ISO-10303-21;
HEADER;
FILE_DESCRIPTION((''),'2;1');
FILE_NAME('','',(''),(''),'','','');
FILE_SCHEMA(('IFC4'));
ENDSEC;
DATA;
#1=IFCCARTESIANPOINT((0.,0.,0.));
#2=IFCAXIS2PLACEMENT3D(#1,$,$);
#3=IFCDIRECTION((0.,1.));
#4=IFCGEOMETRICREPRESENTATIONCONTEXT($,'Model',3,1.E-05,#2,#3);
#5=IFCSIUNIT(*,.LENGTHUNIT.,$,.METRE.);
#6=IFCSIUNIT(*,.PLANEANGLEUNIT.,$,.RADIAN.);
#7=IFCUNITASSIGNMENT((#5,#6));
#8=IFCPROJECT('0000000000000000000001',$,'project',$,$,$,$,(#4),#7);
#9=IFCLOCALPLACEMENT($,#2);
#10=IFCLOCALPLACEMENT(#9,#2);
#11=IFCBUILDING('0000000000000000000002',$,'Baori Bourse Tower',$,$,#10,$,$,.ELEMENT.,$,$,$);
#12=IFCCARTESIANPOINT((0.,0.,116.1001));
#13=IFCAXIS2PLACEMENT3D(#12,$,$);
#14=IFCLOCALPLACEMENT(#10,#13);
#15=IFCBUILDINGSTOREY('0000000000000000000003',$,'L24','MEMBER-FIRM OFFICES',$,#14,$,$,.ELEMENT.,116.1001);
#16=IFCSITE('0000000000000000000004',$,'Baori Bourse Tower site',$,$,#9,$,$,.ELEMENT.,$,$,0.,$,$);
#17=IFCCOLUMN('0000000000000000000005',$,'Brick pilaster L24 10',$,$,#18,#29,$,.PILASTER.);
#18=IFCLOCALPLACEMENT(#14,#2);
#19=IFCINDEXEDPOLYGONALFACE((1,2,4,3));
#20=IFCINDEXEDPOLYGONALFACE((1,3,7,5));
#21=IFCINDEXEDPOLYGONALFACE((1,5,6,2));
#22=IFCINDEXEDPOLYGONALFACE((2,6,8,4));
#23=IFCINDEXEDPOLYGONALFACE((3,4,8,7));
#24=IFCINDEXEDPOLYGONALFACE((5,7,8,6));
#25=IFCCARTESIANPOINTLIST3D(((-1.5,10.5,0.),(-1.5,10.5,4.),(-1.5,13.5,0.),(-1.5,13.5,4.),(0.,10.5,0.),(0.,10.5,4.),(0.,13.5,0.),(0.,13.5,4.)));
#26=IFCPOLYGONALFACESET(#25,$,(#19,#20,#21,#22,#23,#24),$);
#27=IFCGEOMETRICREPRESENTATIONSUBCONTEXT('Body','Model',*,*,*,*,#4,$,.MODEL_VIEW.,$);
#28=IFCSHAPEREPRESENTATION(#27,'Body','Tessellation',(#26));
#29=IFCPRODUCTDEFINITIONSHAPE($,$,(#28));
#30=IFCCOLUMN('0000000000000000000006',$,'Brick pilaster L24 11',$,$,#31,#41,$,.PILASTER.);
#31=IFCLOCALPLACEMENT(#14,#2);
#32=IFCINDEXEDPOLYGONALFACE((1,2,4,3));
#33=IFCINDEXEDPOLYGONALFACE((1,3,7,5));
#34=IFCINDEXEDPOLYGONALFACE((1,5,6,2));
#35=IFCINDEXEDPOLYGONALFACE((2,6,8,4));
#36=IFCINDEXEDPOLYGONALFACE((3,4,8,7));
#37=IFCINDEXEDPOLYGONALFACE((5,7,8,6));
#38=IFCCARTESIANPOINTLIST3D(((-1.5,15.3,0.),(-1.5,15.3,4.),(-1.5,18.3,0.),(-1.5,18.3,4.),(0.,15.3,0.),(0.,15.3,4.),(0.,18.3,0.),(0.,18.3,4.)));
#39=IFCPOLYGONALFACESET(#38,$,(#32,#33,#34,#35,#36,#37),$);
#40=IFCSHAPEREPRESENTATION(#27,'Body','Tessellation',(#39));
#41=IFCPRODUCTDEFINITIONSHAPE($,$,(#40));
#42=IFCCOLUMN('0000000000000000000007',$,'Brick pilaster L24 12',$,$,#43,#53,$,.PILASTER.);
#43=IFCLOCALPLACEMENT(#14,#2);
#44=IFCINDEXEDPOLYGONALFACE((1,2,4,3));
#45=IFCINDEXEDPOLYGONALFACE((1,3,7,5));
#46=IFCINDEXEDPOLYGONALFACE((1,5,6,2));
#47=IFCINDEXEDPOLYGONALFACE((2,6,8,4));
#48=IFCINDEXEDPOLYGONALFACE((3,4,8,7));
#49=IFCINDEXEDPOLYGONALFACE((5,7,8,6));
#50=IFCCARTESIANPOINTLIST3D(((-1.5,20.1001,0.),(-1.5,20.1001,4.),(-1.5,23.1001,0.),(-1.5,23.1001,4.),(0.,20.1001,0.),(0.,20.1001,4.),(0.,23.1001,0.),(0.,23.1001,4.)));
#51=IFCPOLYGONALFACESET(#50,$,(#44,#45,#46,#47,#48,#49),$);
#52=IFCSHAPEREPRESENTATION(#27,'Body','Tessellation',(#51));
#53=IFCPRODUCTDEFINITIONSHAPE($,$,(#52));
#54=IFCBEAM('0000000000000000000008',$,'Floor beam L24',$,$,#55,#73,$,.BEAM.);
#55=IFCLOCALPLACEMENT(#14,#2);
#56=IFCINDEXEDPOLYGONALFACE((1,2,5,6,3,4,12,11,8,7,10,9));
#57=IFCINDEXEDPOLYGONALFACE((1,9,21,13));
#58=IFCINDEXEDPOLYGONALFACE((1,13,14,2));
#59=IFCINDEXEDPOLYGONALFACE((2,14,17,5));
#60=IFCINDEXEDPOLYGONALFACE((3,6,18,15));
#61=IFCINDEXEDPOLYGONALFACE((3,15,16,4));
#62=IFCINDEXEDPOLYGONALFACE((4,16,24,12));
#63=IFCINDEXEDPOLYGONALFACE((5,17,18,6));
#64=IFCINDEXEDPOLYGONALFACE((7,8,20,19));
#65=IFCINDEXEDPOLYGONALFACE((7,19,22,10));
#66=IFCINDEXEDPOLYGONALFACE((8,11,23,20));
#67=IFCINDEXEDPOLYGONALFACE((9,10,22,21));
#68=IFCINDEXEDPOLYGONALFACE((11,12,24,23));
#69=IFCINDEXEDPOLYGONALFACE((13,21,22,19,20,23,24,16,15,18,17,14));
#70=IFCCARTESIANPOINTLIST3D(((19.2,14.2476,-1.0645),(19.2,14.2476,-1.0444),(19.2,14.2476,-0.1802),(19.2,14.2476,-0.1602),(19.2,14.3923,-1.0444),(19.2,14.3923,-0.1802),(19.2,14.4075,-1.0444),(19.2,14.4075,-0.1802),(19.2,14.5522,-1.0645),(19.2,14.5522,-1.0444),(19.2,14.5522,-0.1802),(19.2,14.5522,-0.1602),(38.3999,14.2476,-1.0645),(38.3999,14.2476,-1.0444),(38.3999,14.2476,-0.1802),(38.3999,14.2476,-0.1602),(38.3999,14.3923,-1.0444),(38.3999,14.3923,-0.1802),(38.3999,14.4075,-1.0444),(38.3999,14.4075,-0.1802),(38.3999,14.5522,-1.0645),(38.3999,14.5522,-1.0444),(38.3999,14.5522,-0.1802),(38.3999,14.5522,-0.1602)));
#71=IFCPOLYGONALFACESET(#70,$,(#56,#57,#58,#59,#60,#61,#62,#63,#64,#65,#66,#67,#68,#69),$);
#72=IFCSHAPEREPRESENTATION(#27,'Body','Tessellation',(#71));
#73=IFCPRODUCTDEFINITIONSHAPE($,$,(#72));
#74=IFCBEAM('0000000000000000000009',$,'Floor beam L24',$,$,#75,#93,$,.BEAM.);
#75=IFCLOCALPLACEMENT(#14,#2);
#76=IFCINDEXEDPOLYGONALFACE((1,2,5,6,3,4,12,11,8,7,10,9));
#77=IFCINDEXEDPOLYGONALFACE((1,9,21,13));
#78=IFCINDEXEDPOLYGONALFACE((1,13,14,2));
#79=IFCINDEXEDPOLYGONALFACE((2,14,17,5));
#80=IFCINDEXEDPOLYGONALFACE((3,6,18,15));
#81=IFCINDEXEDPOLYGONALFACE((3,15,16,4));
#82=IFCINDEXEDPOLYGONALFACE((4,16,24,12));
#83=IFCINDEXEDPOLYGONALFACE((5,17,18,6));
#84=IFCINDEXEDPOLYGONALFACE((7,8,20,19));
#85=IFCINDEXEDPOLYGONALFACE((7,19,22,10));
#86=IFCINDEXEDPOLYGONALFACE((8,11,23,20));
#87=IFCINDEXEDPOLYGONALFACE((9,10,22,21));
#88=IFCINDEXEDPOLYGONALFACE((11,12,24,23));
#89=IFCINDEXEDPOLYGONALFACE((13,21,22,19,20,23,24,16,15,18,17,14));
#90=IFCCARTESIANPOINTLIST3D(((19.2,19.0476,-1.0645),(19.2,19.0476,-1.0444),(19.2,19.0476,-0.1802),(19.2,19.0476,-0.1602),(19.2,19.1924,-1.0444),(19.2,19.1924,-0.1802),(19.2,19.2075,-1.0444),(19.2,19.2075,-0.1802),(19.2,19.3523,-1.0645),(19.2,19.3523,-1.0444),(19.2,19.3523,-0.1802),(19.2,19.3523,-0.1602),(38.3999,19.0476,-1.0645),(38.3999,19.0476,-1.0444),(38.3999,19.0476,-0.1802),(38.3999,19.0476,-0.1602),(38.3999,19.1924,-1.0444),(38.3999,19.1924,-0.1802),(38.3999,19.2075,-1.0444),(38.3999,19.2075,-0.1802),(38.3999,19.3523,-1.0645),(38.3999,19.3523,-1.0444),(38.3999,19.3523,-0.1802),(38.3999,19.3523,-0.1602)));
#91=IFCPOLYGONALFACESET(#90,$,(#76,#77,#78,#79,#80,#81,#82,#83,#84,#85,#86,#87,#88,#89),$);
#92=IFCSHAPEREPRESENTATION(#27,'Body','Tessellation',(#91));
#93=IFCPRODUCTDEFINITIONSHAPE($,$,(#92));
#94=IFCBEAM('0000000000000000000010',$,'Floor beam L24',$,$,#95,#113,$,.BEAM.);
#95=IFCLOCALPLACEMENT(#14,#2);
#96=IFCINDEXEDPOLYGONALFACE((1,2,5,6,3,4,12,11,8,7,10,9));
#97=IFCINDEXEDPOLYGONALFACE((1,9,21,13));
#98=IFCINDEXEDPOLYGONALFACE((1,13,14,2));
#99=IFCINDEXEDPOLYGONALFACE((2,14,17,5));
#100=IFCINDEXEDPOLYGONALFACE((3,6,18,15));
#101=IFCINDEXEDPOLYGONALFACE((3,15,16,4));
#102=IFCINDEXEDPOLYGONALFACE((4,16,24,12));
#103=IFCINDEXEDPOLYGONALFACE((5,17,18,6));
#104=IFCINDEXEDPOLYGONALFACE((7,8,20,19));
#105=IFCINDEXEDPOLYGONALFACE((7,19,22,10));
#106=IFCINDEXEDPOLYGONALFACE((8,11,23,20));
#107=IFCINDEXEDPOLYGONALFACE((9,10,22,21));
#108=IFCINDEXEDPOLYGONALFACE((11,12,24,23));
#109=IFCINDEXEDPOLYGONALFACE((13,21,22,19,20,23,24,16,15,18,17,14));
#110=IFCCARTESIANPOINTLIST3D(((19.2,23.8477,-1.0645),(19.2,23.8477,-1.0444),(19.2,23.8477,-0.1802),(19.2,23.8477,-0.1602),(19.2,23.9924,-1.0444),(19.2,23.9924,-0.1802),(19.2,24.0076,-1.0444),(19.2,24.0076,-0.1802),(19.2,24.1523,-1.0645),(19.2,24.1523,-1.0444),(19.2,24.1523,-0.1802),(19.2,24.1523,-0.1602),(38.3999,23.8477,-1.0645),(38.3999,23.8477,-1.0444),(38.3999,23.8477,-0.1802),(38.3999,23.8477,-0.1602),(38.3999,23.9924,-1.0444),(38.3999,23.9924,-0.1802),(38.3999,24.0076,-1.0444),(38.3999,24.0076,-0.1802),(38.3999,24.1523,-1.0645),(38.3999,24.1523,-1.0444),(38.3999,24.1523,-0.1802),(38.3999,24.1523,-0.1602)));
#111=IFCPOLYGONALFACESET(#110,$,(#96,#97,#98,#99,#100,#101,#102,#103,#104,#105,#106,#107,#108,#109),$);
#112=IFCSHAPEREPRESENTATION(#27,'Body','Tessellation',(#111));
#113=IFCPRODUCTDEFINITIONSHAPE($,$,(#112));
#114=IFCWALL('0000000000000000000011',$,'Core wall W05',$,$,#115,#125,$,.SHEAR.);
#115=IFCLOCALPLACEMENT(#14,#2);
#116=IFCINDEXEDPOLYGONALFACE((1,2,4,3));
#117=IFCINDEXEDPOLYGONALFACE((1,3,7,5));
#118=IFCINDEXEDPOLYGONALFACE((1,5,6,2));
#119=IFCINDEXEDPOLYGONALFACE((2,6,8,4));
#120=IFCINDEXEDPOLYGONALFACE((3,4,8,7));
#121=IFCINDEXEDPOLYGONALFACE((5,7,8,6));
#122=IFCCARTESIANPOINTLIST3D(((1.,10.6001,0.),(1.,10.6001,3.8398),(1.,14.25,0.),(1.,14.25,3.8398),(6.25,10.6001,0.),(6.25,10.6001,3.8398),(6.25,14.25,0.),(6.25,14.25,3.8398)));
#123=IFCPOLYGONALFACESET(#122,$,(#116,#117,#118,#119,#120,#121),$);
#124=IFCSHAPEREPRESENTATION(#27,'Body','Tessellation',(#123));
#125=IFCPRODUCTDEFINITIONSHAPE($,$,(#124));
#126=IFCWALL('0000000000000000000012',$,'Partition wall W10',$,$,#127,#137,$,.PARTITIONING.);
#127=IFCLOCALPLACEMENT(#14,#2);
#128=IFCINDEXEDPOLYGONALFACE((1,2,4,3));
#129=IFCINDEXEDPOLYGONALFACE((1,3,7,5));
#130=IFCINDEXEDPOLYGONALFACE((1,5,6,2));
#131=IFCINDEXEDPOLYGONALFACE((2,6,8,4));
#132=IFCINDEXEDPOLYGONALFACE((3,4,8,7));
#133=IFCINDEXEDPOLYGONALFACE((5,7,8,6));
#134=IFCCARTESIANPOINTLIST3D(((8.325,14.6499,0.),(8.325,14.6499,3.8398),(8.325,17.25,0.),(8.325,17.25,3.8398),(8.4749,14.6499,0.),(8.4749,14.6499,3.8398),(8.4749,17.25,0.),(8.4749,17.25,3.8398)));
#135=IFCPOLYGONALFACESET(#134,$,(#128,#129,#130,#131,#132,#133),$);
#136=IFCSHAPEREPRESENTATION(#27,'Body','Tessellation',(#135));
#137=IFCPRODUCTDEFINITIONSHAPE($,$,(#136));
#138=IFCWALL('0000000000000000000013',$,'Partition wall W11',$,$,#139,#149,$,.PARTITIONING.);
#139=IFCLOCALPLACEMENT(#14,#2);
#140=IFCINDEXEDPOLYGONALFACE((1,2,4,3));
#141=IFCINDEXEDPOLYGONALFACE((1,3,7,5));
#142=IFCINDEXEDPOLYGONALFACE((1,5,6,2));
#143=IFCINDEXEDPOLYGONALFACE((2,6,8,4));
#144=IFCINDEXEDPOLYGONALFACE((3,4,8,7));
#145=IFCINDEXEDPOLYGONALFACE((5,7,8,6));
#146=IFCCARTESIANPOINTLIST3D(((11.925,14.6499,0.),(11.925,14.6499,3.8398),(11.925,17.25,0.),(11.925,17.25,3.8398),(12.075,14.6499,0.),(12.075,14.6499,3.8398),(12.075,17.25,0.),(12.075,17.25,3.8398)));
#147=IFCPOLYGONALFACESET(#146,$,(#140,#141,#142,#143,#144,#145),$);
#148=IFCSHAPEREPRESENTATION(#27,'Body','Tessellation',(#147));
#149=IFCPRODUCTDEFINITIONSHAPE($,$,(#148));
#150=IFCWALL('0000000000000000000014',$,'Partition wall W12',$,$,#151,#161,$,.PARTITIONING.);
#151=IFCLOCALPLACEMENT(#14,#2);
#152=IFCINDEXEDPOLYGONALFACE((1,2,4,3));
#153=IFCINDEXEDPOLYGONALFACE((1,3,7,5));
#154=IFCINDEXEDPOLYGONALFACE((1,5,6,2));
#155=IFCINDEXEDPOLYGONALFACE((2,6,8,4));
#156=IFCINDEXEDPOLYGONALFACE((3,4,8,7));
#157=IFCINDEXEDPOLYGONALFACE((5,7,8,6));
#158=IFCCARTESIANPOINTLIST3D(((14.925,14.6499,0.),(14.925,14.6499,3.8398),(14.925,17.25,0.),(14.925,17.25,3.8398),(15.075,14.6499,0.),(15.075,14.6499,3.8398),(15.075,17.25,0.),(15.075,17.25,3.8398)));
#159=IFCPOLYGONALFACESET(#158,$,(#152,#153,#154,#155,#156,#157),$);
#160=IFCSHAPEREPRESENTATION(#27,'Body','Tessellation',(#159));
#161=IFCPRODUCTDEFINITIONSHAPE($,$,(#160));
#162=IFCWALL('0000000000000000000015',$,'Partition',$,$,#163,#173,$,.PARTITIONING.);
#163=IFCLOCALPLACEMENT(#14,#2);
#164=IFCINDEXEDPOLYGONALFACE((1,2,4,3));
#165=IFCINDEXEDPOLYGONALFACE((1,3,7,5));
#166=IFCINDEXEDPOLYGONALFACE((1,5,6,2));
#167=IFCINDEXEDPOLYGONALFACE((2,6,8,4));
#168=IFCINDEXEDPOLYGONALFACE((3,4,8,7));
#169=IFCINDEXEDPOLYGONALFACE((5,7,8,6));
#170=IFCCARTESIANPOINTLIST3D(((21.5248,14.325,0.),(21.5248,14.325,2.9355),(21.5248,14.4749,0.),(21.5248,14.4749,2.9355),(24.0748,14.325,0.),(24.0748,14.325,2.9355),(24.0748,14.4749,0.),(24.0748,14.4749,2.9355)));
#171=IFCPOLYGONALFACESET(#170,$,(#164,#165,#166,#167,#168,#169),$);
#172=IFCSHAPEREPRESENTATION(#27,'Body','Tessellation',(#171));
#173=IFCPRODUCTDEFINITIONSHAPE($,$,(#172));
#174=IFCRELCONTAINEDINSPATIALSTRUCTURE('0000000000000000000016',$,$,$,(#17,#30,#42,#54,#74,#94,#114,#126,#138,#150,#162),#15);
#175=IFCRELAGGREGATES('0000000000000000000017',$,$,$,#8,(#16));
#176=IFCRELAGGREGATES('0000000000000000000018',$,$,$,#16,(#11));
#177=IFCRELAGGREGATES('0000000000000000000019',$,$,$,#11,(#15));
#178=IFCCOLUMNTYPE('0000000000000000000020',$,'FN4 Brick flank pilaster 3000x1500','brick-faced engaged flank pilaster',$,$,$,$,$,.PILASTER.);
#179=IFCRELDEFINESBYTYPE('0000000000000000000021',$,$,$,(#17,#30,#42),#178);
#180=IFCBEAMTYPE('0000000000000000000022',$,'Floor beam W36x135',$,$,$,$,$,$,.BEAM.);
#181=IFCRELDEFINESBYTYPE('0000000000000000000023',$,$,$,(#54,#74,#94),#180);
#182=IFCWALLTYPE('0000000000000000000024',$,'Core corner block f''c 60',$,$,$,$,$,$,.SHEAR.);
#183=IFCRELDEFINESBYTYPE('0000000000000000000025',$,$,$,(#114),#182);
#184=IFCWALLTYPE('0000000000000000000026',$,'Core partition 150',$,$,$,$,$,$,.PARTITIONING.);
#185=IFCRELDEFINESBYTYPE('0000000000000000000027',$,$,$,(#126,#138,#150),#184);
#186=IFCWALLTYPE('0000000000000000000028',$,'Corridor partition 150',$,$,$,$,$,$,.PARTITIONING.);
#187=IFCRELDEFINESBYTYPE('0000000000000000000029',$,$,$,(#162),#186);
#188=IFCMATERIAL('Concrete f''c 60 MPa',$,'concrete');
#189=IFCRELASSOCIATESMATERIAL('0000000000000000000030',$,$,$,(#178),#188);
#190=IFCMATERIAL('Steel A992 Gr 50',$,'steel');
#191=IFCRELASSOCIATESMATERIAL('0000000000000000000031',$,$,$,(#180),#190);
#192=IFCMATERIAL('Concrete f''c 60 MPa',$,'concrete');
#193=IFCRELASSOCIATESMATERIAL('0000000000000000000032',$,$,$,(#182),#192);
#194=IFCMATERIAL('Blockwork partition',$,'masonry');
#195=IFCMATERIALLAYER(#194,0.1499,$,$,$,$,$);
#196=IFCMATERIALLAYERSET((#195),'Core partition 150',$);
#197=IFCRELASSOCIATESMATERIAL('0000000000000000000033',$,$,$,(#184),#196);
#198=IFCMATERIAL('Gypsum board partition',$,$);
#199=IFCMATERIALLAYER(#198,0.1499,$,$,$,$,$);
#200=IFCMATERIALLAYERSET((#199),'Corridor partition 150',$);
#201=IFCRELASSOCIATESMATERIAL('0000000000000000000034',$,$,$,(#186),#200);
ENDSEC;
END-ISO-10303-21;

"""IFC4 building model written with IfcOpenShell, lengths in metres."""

from ifc_helpers import new_model, si_unit, direction, frame, frame_2d, origin, origin_2d, place, context, subcontext, project, spatial, rectangle, i_section, extrude, material, layer, layer_set, material_profile, profile_set, type_object, element, save


model = new_model("IFC4")

# Units and contexts
model_context = context("Model", 3, precision=1e-05, world=origin(), true_north=direction((0.0, 1.0)))
body_context = subcontext(model_context, "Body", "Model", "MODEL_VIEW")
ifc_project = project(units=[si_unit("LENGTHUNIT", "METRE"), si_unit("PLANEANGLEUNIT", "RADIAN")], contexts=[model_context])

# Site, building, storey
site_placement = place(None, origin())
site = spatial("IfcSite", under=ifc_project, at=site_placement, Name="Baori Bourse Tower site", CompositionType="ELEMENT", RefElevation=0.0)
building_placement = place(site_placement, origin())
building = spatial("IfcBuilding", under=site, at=building_placement, Name="Baori Bourse Tower", CompositionType="ELEMENT")
storey_placement = place(building_placement, frame((0.0, 0.0, 116.1001)))
storey = spatial("IfcBuildingStorey", under=building, at=storey_placement, Name="L24", Description="MEMBER-FIRM OFFICES", CompositionType="ELEMENT", Elevation=116.1001)

# Columns
ifc_material_1 = material(Name="Concrete f'c 60 MPa", Category="concrete")
ifc_material_profile_1 = material_profile(ifc_material_1, rectangle(XDim=3.0, YDim=1.5, at=origin_2d()), Name="RC 3000x1500")
ifc_profile_set_1 = profile_set([ifc_material_profile_1], Name="Concrete f'c 60 MPa")
column_type = type_object("IfcColumnType", Name="FN4 Brick flank pilaster 3000x1500", Description="brick-faced engaged flank pilaster", PredefinedType="PILASTER", material=ifc_profile_set_1)
for number, where, z_axis, x_axis, name in (
    (1, (-0.75, 12.0, 0.0), (0.0, 0.0, 1.0), (0.0, 1.0, 0.0), "Brick pilaster L24 10"),
    (2, (-0.75, 16.8, 0.0), (0.0, 0.0, 1.0), (0.0, 1.0, 0.0), "Brick pilaster L24 11"),
    (3, (-0.75, 21.6001, 0.0), (0.0, 0.0, 1.0), (0.0, 1.0, 0.0), "Brick pilaster L24 12"),
):
    element("IfcColumn", number, at=place(storey_placement, frame(where, z_axis=z_axis, x_axis=x_axis)), inside=storey, type_object=column_type, Name=name, PredefinedType="PILASTER", context=body_context, shape_type="SweptSolid", body=[
        extrude(rectangle(XDim=3.0, YDim=1.5, at=origin_2d()), origin(), (0.0, 0.0, 1.0), 4.0),
    ])

# Beams
ifc_material_2 = material(Name="Steel A992 Gr 50", Category="steel")
ifc_material_profile_2 = material_profile(ifc_material_2, i_section(OverallWidth=0.3047, OverallDepth=0.9043, WebThickness=0.0151, FlangeThickness=0.02, at=origin_2d()), Name="W36x135")
ifc_profile_set_2 = profile_set([ifc_material_profile_2], Name="Steel A992 Gr 50")
beam_type = type_object("IfcBeamType", Name="Floor beam W36x135", PredefinedType="BEAM", material=ifc_profile_set_2)
for number, where, z_axis, x_axis, name in (
    (4, (19.2, 14.3999, -0.6123), (1.0, 0.0, 0.0), (0.0, 1.0, 0.0), "Floor beam L24"),
    (5, (19.2, 19.2, -0.6123), (1.0, 0.0, 0.0), (0.0, 1.0, 0.0), "Floor beam L24"),
    (6, (19.2, 24.0, -0.6123), (1.0, 0.0, 0.0), (0.0, 1.0, 0.0), "Floor beam L24"),
):
    element("IfcBeam", number, at=place(storey_placement, frame(where, z_axis=z_axis, x_axis=x_axis)), inside=storey, type_object=beam_type, Name=name, PredefinedType="BEAM", context=body_context, shape_type="SweptSolid", body=[
        extrude(i_section(OverallWidth=0.3047, OverallDepth=0.9043, WebThickness=0.0151, FlangeThickness=0.02, at=origin_2d()), origin(), (0.0, 0.0, 1.0), 19.2),
    ])

# Walls
ifc_material_3 = material(Name="Concrete f'c 60 MPa", Category="concrete")
wall_type_1 = type_object("IfcWallType", Name="Core corner block f'c 60", PredefinedType="SHEAR", material=ifc_material_3)
wall_1_placement = place(storey_placement, frame((1.0, 12.425, 0.0), z_axis=(0.0, 0.0, 1.0), x_axis=(1.0, 0.0, 0.0)))
element("IfcWall", 7, at=wall_1_placement, inside=storey, type_object=wall_type_1, Name="Core wall W05", PredefinedType="SHEAR", context=body_context, shape_type="SweptSolid", body=[
    extrude(rectangle(XDim=5.25, YDim=3.6499, at=frame_2d((2.625, 0.0))), origin(), (0.0, 0.0, 1.0), 3.8398),
])
ifc_material_4 = material(Name="Blockwork partition", Category="masonry")
ifc_layer_1 = layer(ifc_material_4, 0.1499)
ifc_layer_set_1 = layer_set([ifc_layer_1], Name="Core partition 150")
wall_type_2 = type_object("IfcWallType", Name="Core partition 150", PredefinedType="PARTITIONING", material=ifc_layer_set_1)
for number, where, z_axis, x_axis, name in (
    (8, (8.3999, 14.6499, 0.0), (0.0, 0.0, 1.0), (0.0, 1.0, 0.0), "Partition wall W10"),
    (9, (12.0, 14.6499, 0.0), (0.0, 0.0, 1.0), (0.0, 1.0, 0.0), "Partition wall W11"),
    (10, (15.0, 14.6499, 0.0), (0.0, 0.0, 1.0), (0.0, 1.0, 0.0), "Partition wall W12"),
):
    element("IfcWall", number, at=place(storey_placement, frame(where, z_axis=z_axis, x_axis=x_axis)), inside=storey, type_object=wall_type_2, Name=name, PredefinedType="PARTITIONING", context=body_context, shape_type="SweptSolid", body=[
        extrude(rectangle(XDim=2.6001, YDim=0.1499, at=frame_2d((1.3, 0.0))), origin(), (0.0, 0.0, 1.0), 3.8398),
    ])
ifc_material_5 = material(Name="Gypsum board partition")
ifc_layer_2 = layer(ifc_material_5, 0.1499)
ifc_layer_set_2 = layer_set([ifc_layer_2], Name="Corridor partition 150")
wall_type_3 = type_object("IfcWallType", Name="Corridor partition 150", PredefinedType="PARTITIONING", material=ifc_layer_set_2)
wall_2_placement = place(storey_placement, frame((21.5249, 14.3999, 0.0), z_axis=(0.0, 0.0, 1.0), x_axis=(1.0, 0.0, 0.0)))
element("IfcWall", 11, at=wall_2_placement, inside=storey, type_object=wall_type_3, Name="Partition", PredefinedType="PARTITIONING", context=body_context, shape_type="SweptSolid", body=[
    extrude(rectangle(XDim=2.55, YDim=0.1499, at=frame_2d((1.2749, 0.0))), origin(), (0.0, 0.0, 1.0), 2.9355),
])

save(model, "model.ifc")
